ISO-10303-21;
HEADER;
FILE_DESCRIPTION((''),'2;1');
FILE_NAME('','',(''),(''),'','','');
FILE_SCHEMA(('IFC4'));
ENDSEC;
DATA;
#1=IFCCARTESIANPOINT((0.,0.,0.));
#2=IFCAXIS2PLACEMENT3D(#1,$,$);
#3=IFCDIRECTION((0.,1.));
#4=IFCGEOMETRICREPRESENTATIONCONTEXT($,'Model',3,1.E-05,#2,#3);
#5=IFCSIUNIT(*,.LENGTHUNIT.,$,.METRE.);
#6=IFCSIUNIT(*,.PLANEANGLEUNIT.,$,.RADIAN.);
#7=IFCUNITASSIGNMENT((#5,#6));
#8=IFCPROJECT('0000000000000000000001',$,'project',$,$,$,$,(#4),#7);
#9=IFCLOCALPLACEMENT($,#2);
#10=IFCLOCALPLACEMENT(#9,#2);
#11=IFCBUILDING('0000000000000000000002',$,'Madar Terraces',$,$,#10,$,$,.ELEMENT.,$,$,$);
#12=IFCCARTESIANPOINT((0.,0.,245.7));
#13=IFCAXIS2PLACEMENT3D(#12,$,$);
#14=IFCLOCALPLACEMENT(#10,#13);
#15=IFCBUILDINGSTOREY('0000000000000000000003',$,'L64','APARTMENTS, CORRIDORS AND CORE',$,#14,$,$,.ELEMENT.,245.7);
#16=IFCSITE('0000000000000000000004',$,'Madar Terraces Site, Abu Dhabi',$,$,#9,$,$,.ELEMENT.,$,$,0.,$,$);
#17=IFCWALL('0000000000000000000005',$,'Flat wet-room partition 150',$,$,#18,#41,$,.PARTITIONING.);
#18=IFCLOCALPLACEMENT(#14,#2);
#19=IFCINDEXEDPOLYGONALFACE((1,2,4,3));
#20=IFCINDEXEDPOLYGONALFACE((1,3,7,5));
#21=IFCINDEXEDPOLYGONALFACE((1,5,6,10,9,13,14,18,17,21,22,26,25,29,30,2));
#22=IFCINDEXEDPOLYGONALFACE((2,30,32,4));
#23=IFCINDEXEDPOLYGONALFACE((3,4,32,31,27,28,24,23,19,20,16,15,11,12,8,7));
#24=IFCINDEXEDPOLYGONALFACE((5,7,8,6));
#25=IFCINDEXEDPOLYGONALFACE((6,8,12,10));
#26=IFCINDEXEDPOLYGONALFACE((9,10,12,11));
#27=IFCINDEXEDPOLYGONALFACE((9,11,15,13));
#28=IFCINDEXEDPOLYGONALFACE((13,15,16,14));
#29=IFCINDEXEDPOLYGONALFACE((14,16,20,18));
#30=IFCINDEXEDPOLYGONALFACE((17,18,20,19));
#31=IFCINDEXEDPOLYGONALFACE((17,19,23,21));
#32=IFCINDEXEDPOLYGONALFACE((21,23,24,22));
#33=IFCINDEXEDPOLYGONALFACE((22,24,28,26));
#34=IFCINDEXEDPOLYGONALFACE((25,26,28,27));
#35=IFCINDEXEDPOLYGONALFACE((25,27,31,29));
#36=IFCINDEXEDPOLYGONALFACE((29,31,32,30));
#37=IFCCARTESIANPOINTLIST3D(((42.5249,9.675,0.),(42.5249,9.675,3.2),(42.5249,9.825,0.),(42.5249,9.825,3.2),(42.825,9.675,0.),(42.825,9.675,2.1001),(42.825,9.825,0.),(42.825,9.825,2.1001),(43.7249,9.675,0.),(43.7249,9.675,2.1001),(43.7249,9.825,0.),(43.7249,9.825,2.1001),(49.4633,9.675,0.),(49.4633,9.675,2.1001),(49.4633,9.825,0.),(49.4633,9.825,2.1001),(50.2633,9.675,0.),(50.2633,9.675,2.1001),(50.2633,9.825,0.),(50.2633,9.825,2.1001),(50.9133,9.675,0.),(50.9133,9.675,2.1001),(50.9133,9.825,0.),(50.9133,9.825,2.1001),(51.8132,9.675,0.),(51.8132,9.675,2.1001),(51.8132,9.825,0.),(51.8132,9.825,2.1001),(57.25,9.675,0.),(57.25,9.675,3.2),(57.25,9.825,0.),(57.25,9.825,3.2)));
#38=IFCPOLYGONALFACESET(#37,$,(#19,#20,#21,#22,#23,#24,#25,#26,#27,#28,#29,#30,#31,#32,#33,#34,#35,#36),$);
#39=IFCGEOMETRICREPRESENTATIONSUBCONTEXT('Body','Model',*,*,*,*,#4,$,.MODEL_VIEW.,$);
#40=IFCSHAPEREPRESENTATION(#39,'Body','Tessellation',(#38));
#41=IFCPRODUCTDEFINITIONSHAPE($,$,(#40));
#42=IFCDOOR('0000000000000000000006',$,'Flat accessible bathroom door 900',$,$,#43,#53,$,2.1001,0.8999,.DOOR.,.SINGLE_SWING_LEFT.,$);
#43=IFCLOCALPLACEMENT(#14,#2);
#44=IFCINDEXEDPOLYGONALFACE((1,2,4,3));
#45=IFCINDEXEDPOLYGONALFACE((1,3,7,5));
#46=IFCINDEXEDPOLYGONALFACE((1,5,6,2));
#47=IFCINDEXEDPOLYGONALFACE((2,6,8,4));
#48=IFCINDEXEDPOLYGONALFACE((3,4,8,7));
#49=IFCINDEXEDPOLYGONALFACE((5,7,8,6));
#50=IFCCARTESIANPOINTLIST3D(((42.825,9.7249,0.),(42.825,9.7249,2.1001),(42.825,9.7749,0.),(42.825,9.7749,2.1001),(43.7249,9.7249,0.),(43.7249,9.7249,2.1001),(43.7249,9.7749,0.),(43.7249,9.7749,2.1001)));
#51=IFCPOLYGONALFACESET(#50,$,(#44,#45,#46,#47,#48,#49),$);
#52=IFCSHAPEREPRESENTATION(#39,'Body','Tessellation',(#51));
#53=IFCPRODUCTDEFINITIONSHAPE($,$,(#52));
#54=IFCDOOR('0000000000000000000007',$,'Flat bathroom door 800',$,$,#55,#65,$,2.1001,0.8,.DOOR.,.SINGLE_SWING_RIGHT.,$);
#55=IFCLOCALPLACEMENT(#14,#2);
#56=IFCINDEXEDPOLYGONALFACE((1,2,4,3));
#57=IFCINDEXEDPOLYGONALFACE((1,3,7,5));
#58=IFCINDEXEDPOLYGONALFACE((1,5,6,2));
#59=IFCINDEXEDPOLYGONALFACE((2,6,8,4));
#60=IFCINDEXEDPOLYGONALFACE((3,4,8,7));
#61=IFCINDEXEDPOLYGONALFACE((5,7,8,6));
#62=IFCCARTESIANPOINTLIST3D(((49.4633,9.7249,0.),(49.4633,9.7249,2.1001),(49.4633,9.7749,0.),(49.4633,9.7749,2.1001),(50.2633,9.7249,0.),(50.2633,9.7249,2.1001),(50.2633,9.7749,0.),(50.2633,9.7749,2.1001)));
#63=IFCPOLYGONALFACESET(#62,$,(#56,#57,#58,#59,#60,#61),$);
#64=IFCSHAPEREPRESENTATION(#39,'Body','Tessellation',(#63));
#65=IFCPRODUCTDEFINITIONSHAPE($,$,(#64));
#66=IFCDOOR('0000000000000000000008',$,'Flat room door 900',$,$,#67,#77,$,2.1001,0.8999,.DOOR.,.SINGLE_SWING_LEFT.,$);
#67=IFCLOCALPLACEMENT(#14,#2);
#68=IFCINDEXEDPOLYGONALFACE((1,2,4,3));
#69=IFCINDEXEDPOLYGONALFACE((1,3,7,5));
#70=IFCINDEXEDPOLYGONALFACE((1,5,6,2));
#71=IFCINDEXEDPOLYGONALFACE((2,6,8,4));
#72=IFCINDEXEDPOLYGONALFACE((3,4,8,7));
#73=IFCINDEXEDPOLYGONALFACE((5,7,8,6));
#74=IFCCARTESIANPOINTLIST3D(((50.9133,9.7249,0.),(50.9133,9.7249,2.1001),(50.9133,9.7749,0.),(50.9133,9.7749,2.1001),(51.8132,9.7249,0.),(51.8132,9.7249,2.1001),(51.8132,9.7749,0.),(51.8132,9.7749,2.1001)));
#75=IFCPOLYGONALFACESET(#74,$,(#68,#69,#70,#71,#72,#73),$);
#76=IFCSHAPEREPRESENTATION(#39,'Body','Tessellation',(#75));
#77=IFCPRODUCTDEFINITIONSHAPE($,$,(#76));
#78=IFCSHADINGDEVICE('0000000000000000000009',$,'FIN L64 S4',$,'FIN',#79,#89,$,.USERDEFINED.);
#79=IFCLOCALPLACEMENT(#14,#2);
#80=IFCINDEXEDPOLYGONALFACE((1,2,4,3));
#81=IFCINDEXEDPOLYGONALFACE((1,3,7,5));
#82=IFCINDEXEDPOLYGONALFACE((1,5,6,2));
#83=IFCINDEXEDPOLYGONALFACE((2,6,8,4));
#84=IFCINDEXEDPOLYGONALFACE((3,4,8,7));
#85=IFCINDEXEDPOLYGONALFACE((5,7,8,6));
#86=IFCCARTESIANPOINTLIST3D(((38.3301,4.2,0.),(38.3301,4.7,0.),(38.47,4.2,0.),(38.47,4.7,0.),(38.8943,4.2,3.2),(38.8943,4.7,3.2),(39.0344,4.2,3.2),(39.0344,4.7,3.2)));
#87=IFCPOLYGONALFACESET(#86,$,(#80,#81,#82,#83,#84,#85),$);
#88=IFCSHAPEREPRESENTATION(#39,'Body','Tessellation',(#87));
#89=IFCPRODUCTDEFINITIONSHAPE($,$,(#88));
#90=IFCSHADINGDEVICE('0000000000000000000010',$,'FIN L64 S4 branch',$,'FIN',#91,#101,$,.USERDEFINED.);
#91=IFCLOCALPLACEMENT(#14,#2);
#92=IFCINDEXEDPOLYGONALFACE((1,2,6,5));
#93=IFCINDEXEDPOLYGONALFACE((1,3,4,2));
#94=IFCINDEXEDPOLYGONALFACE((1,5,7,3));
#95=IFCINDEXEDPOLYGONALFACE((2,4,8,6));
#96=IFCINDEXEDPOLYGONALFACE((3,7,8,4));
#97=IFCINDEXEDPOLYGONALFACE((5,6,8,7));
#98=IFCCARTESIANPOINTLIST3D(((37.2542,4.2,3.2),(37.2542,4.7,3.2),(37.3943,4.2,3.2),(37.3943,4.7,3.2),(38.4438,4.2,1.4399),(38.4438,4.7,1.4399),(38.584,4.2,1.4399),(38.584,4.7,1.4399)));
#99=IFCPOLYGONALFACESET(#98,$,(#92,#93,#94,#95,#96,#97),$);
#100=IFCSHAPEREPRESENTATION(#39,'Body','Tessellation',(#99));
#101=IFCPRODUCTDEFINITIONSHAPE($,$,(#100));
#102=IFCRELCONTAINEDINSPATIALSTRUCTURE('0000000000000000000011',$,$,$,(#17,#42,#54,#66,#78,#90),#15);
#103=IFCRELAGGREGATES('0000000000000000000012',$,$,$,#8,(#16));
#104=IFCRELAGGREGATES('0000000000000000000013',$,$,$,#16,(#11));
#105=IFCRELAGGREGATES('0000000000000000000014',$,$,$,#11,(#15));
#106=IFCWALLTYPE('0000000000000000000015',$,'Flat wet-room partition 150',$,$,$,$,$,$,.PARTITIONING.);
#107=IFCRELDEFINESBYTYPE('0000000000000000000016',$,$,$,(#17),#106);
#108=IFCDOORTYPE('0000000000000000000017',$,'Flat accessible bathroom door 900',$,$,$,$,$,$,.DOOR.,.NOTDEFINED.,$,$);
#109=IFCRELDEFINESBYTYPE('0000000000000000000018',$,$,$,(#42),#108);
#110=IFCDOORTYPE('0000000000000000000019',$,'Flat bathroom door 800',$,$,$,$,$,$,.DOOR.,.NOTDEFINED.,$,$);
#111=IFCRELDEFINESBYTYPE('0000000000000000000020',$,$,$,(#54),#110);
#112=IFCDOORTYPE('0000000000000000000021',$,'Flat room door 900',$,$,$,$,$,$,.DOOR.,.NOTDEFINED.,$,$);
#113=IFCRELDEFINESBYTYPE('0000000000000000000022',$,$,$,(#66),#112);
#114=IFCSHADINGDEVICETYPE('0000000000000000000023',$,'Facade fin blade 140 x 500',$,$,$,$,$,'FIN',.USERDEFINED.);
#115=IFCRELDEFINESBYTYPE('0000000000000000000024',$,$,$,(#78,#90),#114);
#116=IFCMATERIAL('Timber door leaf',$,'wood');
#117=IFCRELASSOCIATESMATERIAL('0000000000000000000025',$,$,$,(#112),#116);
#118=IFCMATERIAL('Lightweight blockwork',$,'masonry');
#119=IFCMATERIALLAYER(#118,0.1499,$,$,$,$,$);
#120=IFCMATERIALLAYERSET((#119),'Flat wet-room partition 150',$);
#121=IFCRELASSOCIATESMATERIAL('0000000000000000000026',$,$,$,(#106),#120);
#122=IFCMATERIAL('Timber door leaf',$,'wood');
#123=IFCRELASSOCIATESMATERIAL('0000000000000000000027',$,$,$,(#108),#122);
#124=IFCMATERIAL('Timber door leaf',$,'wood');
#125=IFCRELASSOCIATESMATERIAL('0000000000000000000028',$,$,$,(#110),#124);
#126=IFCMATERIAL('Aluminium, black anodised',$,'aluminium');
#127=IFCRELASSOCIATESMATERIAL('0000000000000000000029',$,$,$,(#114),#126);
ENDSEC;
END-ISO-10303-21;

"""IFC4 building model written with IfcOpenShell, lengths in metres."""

from ifc_helpers import new_model, si_unit, direction, frame, frame_2d, origin, place, context, subcontext, project, spatial, polyline, rectangle, outline, extrude, material, layer, layer_set, type_object, element, fill, save


model = new_model("IFC4")

# Units and contexts
model_context = context("Model", 3, precision=1e-05, world=origin(), true_north=direction((0.0, 1.0)))
body_context = subcontext(model_context, "Body", "Model", "MODEL_VIEW")
ifc_project = project(units=[si_unit("LENGTHUNIT", "METRE"), si_unit("PLANEANGLEUNIT", "RADIAN")], contexts=[model_context])

# Site, building, storey
site_placement = place(None, origin())
site = spatial("IfcSite", under=ifc_project, at=site_placement, Name="Madar Terraces Site, Abu Dhabi", CompositionType="ELEMENT", RefElevation=0.0)
building_placement = place(site_placement, origin())
building = spatial("IfcBuilding", under=site, at=building_placement, Name="Madar Terraces", CompositionType="ELEMENT")
storey_placement = place(building_placement, frame((0.0, 0.0, 245.7)))
storey = spatial("IfcBuildingStorey", under=building, at=storey_placement, Name="L64", Description="APARTMENTS, CORRIDORS AND CORE", CompositionType="ELEMENT", Elevation=245.7)

# Shared definitions
ifc_material_1 = material(Name="Timber door leaf", Category="wood")
door_type_1 = type_object("IfcDoorType", Name="Flat room door 900", OperationType="NOTDEFINED", PredefinedType="DOOR", material=ifc_material_1)

# Shared definitions
ifc_material_2 = material(Name="Lightweight blockwork", Category="masonry")
ifc_layer_1 = layer(ifc_material_2, 0.1499)
ifc_layer_set_1 = layer_set([ifc_layer_1], Name="Flat wet-room partition 150")
wall_type_1 = type_object("IfcWallType", Name="Flat wet-room partition 150", PredefinedType="PARTITIONING", material=ifc_layer_set_1)

# Wall, openings, doors
wall_1_placement = place(storey_placement, frame((42.5249, 9.75, 0.0), z_axis=(0.0, 0.0, 1.0), x_axis=(1.0, 0.0, 0.0)))
wall_1 = element("IfcWall", 1, at=wall_1_placement, inside=storey, type_object=wall_type_1, Name="Flat wet-room partition 150", PredefinedType="PARTITIONING", context=body_context, shape_type="SweptSolid", body=[
    extrude(rectangle(XDim=14.7251, YDim=0.1499, at=frame_2d((7.3625, 0.0))), origin(), (0.0, 0.0, 1.0), 3.2),
])
opening_1_placement = place(wall_1_placement, frame((0.3, 0.0, 0.0)))
opening_1 = element("IfcOpeningElement", 2, at=opening_1_placement, cuts=wall_1, PredefinedType="OPENING", context=body_context, shape_type="SweptSolid", body=[
    extrude(rectangle(XDim=0.8999, YDim=2.1001, at=frame_2d((0.45, 1.05))), frame((0.0, 0.085, 0.0), z_axis=(0.0, -1.0, 0.0), x_axis=(1.0, 0.0, 0.0)), (0.0, 0.0, 1.0), 0.1699),
])
opening_2_placement = place(wall_1_placement, frame((6.9385, 0.0, 0.0)))
opening_2 = element("IfcOpeningElement", 3, at=opening_2_placement, cuts=wall_1, PredefinedType="OPENING", context=body_context, shape_type="SweptSolid", body=[
    extrude(rectangle(XDim=0.8, YDim=2.1001, at=frame_2d((0.3999, 1.05))), frame((0.0, 0.085, 0.0), z_axis=(0.0, -1.0, 0.0), x_axis=(1.0, 0.0, 0.0)), (0.0, 0.0, 1.0), 0.1699),
])
opening_3_placement = place(wall_1_placement, frame((8.3884, 0.0, 0.0)))
opening_3 = element("IfcOpeningElement", 4, at=opening_3_placement, cuts=wall_1, PredefinedType="OPENING", context=body_context, shape_type="SweptSolid", body=[
    extrude(rectangle(XDim=0.8999, YDim=2.1001, at=frame_2d((0.45, 1.05))), frame((0.0, 0.085, 0.0), z_axis=(0.0, -1.0, 0.0), x_axis=(1.0, 0.0, 0.0)), (0.0, 0.0, 1.0), 0.1699),
])
ifc_material_3 = material(Name="Timber door leaf", Category="wood")
door_type_2 = type_object("IfcDoorType", Name="Flat accessible bathroom door 900", OperationType="NOTDEFINED", PredefinedType="DOOR", material=ifc_material_3)
door_1_placement = place(opening_1_placement, origin())
door_1 = element("IfcDoor", 5, at=door_1_placement, inside=storey, type_object=door_type_2, Name="Flat accessible bathroom door 900", OperationType="SINGLE_SWING_LEFT", OverallHeight=2.1001, OverallWidth=0.8999, PredefinedType="DOOR", context=body_context, shape_type="SweptSolid", body=[
    extrude(rectangle(XDim=0.8999, YDim=2.1001, at=frame_2d((0.45, 1.05))), frame((0.0, 0.0249, 0.0), z_axis=(0.0, -1.0, 0.0), x_axis=(1.0, 0.0, 0.0)), (0.0, 0.0, 1.0), 0.05),
])
fill(opening_1, door_1)
ifc_material_4 = material(Name="Timber door leaf", Category="wood")
door_type_3 = type_object("IfcDoorType", Name="Flat bathroom door 800", OperationType="NOTDEFINED", PredefinedType="DOOR", material=ifc_material_4)
door_2_placement = place(opening_2_placement, origin())
door_2 = element("IfcDoor", 6, at=door_2_placement, inside=storey, type_object=door_type_3, Name="Flat bathroom door 800", OperationType="SINGLE_SWING_RIGHT", OverallHeight=2.1001, OverallWidth=0.8, PredefinedType="DOOR", context=body_context, shape_type="SweptSolid", body=[
    extrude(rectangle(XDim=0.8, YDim=2.1001, at=frame_2d((0.3999, 1.05))), frame((0.0, 0.0249, 0.0), z_axis=(0.0, -1.0, 0.0), x_axis=(1.0, 0.0, 0.0)), (0.0, 0.0, 1.0), 0.05),
])
fill(opening_2, door_2)
door_3_placement = place(opening_3_placement, origin())
door_3 = element("IfcDoor", 7, at=door_3_placement, inside=storey, type_object=door_type_1, Name="Flat room door 900", OperationType="SINGLE_SWING_LEFT", OverallHeight=2.1001, OverallWidth=0.8999, PredefinedType="DOOR", context=body_context, shape_type="SweptSolid", body=[
    extrude(rectangle(XDim=0.8999, YDim=2.1001, at=frame_2d((0.45, 1.05))), frame((0.0, 0.0249, 0.0), z_axis=(0.0, -1.0, 0.0), x_axis=(1.0, 0.0, 0.0)), (0.0, 0.0, 1.0), 0.05),
])
fill(opening_3, door_3)

# Shading devices
ifc_material_5 = material(Name="Aluminium, black anodised", Category="aluminium")
shading_device_type = type_object("IfcShadingDeviceType", Name="Facade fin blade 140 x 500", ElementType="FIN", PredefinedType="USERDEFINED", material=ifc_material_5)
shading_device_1_placement = place(storey_placement, frame((38.3301, 4.45, 0.0), z_axis=(0.0, 0.0, 1.0), x_axis=(1.0, 0.0, 0.0)))
element("IfcShadingDevice", 8, at=shading_device_1_placement, inside=storey, type_object=shading_device_type, Name="FIN L64 S4", ObjectType="FIN", PredefinedType="USERDEFINED", context=body_context, shape_type="SweptSolid", body=[
    extrude(outline(polyline([(0.0, 0.0), (0.1399, 0.0), (0.7043, 3.2), (0.5642, 3.2), (0.0, 0.0)])), frame((0.0, 0.25, 0.0), z_axis=(0.0, -1.0, 0.0), x_axis=(1.0, 0.0, 0.0)), (0.0, 0.0, 1.0), 0.5),
])
shading_device_2_placement = place(storey_placement, frame((38.4438, 4.45, 1.4399), z_axis=(0.0, 0.0, 1.0), x_axis=(1.0, 0.0, 0.0)))
element("IfcShadingDevice", 9, at=shading_device_2_placement, inside=storey, type_object=shading_device_type, Name="FIN L64 S4 branch", ObjectType="FIN", PredefinedType="USERDEFINED", context=body_context, shape_type="SweptSolid", body=[
    extrude(outline(polyline([(0.0, 0.0), (0.1401, 0.0), (-1.0496, 1.76), (-1.1897, 1.76), (0.0, 0.0)])), frame((0.0, 0.25, 0.0), z_axis=(0.0, -1.0, 0.0), x_axis=(1.0, 0.0, 0.0)), (0.0, 0.0, 1.0), 0.5),
])

save(model, "model.ifc")
